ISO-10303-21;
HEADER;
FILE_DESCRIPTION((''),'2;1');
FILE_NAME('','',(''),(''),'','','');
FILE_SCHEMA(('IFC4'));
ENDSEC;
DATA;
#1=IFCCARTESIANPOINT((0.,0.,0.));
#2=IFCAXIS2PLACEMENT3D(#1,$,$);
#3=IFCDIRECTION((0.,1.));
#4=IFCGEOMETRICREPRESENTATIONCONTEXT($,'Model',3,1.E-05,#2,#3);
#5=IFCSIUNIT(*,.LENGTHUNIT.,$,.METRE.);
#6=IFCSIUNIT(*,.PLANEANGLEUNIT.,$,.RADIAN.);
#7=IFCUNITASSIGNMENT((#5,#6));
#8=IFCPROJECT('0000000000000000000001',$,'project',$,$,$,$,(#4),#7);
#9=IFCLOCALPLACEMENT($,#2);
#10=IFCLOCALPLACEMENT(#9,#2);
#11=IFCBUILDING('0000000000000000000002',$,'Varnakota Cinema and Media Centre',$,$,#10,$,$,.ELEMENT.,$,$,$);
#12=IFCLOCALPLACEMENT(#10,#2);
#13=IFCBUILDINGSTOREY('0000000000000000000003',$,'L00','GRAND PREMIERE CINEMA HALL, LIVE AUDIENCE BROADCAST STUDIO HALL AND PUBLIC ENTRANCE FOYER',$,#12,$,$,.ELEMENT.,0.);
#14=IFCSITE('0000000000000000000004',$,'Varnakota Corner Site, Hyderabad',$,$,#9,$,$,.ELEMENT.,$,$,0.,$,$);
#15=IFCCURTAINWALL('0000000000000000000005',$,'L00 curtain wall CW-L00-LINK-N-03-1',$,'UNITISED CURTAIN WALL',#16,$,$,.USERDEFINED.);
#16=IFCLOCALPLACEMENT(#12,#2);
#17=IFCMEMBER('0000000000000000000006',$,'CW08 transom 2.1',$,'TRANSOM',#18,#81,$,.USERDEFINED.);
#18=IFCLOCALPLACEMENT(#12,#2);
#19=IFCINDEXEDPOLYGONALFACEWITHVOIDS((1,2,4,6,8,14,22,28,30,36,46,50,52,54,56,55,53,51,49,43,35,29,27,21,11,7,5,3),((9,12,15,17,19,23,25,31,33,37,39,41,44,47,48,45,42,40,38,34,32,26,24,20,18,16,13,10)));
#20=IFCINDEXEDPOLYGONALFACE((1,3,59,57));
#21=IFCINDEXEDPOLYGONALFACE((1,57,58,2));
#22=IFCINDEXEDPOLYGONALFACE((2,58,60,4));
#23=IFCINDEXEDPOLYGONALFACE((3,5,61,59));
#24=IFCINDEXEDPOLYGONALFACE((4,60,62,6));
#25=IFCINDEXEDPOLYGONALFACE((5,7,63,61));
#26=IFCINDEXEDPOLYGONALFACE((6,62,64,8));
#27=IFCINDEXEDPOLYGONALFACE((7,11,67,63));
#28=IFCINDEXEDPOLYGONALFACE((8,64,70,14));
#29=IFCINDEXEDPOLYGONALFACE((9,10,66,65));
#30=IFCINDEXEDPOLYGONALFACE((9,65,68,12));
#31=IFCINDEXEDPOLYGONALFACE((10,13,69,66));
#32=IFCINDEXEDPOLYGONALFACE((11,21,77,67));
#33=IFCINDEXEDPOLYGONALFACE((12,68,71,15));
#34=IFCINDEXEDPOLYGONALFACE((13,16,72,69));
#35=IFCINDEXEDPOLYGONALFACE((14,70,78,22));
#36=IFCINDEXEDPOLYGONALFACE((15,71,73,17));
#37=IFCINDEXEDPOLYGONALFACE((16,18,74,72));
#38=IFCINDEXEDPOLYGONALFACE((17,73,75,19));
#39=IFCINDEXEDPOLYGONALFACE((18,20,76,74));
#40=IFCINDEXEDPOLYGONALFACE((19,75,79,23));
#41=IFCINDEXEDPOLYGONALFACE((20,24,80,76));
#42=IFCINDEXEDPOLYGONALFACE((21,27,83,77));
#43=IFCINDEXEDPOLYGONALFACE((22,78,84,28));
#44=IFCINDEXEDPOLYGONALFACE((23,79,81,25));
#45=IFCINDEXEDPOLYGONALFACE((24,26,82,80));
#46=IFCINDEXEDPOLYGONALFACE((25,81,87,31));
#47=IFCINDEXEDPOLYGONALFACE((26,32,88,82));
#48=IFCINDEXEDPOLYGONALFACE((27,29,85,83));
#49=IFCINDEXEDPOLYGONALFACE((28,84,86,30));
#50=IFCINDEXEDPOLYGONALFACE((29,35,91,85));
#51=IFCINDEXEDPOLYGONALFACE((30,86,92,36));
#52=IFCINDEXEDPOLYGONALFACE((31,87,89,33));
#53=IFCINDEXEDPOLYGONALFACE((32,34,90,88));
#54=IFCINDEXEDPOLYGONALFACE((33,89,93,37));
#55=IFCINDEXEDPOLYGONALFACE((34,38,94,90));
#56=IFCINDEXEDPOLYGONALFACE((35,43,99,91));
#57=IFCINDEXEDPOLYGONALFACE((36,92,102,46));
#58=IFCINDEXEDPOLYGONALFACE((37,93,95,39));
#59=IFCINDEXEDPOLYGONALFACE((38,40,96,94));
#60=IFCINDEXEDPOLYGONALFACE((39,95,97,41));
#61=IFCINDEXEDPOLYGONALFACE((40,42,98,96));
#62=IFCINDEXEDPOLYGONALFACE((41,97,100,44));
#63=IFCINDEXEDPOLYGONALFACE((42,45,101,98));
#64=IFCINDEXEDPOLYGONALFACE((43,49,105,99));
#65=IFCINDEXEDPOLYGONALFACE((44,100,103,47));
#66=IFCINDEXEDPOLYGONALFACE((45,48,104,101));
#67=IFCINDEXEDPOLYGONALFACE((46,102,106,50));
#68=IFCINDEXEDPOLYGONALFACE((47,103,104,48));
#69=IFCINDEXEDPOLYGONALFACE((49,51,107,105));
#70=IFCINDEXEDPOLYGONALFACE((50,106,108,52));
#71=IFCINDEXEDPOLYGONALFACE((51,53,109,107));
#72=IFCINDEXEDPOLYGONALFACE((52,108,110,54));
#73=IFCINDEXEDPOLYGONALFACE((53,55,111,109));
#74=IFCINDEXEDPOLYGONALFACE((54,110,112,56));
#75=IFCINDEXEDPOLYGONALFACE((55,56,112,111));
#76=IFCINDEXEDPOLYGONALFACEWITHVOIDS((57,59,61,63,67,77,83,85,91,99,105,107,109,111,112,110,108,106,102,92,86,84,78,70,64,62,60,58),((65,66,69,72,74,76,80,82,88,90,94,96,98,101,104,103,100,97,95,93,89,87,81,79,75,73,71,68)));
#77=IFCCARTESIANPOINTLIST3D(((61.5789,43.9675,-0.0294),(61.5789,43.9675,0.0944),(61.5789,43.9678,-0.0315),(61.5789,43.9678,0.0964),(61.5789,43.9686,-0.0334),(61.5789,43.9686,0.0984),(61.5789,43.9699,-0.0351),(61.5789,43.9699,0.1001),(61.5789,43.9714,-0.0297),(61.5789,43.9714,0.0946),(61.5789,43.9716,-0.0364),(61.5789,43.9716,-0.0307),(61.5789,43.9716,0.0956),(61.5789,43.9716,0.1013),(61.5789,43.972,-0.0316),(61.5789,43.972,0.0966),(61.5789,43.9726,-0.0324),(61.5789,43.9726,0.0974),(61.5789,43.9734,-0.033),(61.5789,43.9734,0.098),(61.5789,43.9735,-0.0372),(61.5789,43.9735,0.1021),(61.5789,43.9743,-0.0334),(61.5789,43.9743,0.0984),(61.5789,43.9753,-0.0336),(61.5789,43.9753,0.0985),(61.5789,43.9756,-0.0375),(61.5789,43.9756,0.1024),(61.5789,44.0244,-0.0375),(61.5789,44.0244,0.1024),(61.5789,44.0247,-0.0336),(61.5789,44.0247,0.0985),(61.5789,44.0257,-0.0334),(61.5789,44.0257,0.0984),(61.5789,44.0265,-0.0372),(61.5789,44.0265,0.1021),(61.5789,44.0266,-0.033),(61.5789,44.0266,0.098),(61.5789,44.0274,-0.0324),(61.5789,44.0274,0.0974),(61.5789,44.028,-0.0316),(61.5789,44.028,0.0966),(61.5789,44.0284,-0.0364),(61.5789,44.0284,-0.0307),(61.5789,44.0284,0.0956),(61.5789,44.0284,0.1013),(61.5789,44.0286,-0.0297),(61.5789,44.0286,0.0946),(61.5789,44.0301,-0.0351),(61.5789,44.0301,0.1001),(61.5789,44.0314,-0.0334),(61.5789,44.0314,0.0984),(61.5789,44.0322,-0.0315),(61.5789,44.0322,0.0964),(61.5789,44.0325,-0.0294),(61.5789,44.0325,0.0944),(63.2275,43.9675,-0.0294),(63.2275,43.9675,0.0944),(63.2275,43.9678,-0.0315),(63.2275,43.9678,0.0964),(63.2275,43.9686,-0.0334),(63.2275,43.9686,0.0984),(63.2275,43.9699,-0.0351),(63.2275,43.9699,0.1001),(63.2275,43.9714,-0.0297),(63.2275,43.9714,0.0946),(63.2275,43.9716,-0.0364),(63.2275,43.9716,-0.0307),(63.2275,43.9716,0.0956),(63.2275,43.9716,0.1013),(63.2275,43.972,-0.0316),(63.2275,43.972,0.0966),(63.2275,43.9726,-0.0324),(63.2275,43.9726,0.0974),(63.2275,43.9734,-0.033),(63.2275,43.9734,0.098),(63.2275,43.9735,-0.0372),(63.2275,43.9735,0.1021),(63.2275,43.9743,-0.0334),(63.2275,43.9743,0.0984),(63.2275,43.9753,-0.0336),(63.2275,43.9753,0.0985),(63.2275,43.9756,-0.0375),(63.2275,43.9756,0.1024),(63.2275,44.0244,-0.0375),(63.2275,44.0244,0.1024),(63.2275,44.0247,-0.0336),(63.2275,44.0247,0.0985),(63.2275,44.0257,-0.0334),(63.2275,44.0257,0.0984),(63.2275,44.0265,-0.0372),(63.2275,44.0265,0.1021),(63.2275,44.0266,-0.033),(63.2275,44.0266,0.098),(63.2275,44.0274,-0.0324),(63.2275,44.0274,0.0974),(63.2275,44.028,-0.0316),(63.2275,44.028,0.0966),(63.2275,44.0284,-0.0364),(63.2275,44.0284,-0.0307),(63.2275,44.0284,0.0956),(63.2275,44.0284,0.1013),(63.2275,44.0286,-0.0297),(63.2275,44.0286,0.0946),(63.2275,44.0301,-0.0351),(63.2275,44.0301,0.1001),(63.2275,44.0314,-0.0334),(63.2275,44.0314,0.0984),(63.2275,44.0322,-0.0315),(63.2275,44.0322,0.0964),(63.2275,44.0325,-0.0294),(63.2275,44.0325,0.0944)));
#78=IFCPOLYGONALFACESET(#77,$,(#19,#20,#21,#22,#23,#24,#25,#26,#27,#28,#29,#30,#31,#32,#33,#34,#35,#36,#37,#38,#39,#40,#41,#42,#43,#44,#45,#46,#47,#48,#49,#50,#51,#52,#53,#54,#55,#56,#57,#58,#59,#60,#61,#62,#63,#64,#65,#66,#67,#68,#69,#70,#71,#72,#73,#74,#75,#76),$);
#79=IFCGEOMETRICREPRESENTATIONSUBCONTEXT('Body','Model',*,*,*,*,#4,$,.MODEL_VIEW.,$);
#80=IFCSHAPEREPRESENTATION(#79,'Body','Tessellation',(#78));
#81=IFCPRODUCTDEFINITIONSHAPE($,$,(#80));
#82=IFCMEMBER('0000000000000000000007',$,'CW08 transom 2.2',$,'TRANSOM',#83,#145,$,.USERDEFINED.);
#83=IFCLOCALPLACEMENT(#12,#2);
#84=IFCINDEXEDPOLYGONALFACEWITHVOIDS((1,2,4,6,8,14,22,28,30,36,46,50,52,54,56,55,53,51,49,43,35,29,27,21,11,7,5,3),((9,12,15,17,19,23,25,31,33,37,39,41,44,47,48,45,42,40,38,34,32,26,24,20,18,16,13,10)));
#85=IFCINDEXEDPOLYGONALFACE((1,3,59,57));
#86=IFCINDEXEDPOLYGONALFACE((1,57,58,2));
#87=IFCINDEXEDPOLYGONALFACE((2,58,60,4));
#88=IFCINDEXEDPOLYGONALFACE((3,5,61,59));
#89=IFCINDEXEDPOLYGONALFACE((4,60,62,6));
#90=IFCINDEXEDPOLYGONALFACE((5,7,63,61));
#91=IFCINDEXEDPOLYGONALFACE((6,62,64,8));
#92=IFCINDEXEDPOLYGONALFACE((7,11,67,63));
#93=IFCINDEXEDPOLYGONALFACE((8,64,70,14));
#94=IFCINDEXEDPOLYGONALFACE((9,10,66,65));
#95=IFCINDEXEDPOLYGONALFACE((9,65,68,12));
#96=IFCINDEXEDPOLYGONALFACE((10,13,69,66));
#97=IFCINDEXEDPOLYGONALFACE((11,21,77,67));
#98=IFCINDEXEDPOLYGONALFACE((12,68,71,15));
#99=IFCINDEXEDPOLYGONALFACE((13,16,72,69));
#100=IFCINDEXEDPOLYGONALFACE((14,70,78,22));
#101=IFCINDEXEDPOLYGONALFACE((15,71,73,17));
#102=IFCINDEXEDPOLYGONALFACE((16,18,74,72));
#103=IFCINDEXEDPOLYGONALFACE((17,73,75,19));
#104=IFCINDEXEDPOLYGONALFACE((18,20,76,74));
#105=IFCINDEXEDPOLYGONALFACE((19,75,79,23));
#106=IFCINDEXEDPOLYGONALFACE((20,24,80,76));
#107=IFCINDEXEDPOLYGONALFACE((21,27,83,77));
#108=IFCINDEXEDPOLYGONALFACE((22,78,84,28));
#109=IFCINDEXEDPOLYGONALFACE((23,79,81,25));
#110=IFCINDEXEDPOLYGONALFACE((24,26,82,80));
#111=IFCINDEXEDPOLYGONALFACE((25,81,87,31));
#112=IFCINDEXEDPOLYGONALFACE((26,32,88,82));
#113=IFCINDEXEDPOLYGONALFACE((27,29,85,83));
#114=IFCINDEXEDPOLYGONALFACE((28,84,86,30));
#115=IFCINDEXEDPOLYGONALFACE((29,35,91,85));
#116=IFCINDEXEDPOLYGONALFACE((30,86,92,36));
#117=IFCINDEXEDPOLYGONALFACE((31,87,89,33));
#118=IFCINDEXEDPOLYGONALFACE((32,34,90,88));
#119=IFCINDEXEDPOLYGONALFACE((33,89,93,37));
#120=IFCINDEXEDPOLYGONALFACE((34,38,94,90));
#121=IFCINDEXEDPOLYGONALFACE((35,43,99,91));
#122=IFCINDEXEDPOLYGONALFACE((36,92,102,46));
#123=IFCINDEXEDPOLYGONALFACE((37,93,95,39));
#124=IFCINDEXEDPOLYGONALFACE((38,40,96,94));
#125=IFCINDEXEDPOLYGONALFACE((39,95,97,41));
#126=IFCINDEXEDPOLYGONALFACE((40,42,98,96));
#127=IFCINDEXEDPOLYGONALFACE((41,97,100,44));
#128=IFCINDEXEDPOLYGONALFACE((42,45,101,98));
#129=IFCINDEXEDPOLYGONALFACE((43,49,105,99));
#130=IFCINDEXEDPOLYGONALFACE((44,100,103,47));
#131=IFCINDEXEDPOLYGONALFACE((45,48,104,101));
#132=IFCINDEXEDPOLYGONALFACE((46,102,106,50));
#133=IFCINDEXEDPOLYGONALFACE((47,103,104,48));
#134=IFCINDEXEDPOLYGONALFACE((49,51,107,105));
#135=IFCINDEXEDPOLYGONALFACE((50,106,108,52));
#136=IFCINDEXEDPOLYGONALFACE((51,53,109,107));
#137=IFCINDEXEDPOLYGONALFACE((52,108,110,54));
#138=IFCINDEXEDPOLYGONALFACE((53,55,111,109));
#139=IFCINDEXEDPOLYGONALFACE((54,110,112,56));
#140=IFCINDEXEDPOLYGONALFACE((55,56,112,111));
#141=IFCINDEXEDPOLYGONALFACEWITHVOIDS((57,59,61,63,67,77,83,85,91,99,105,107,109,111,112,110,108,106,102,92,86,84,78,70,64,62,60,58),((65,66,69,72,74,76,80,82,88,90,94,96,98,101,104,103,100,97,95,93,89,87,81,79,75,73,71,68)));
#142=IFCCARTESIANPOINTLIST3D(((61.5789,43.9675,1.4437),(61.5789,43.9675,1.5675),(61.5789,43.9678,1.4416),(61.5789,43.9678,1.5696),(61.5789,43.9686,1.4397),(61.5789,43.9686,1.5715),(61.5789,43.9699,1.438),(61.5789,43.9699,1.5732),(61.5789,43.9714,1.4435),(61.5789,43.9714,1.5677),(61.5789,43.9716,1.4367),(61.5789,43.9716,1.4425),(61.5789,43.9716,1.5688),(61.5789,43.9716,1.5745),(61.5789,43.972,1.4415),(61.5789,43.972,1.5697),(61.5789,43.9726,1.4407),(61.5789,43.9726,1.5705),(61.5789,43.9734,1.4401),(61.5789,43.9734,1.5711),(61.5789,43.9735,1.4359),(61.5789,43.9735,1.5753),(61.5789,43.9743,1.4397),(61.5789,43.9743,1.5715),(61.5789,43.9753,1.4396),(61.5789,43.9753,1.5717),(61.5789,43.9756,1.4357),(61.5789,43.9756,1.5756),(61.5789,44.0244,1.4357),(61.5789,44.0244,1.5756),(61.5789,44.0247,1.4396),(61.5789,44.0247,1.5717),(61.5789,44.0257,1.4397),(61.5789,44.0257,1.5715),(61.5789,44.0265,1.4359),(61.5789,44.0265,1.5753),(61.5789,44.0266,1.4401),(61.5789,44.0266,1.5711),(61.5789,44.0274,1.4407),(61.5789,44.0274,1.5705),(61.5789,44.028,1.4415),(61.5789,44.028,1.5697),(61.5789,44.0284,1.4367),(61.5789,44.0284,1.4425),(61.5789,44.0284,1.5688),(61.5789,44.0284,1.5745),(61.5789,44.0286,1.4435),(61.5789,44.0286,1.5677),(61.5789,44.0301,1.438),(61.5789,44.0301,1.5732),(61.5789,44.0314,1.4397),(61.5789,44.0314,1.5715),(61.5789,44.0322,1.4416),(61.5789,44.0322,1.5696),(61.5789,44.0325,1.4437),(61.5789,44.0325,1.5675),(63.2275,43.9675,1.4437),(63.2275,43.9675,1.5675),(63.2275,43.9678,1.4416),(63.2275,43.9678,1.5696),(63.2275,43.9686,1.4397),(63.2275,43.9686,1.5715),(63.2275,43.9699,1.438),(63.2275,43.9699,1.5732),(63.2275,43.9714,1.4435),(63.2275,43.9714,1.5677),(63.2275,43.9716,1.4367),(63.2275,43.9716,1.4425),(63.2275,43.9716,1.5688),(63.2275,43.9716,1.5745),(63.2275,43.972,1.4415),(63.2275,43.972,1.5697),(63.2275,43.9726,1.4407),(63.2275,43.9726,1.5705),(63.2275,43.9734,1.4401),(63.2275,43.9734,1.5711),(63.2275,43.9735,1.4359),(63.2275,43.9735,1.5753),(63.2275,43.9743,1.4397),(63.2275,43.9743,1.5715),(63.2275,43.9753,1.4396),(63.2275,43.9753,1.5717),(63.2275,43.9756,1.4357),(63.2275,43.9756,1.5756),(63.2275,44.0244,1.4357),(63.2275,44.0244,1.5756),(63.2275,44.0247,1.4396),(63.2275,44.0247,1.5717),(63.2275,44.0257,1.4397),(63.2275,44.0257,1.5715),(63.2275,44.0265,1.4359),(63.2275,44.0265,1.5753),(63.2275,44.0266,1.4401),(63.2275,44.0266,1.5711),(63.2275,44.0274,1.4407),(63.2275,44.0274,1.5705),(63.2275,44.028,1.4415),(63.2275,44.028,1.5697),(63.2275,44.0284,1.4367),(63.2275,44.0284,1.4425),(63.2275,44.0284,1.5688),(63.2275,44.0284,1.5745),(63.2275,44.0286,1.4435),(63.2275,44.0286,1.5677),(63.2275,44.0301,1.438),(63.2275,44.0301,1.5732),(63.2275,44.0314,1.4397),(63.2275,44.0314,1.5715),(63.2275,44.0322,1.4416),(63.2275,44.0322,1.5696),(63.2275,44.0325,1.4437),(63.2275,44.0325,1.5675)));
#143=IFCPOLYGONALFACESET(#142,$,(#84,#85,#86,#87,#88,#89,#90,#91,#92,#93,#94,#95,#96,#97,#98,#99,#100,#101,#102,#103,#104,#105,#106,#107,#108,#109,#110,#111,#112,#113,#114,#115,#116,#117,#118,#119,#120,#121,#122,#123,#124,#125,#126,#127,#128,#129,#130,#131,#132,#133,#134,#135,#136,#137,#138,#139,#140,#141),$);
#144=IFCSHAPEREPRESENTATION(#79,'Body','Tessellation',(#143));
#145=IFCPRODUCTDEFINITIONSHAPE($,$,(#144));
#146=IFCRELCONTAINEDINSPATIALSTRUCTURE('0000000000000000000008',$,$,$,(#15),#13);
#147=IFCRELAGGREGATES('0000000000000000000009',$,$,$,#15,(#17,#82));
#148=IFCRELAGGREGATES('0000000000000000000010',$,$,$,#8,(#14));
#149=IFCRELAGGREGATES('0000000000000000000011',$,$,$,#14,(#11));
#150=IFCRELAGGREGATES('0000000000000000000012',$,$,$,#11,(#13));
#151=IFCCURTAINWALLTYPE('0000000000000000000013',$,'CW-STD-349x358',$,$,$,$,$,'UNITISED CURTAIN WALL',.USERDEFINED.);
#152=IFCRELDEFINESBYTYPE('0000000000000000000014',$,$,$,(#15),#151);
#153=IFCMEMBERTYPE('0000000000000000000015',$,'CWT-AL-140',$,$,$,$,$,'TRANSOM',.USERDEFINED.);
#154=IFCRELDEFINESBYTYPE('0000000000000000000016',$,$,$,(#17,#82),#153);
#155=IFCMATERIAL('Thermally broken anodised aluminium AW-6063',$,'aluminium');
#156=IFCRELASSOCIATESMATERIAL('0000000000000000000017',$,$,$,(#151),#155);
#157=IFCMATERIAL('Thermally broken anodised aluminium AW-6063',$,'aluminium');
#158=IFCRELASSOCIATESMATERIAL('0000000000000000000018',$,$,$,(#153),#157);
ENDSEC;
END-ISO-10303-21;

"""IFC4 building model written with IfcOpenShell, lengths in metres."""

from ifc_helpers import new_model, si_unit, direction, frame, origin, origin_2d, place, context, subcontext, project, spatial, hollow_rectangle, extrude, material, material_profile, profile_set, type_object, element, aggregate, save


model = new_model("IFC4")

# Units and contexts
model_context = context("Model", 3, precision=1e-05, world=origin(), true_north=direction((0.0, 1.0)))
body_context = subcontext(model_context, "Body", "Model", "MODEL_VIEW")
ifc_project = project(units=[si_unit("LENGTHUNIT", "METRE"), si_unit("PLANEANGLEUNIT", "RADIAN")], contexts=[model_context])

# Site, building, storey
site_placement = place(None, origin())
site = spatial("IfcSite", under=ifc_project, at=site_placement, Name="Varnakota Corner Site, Hyderabad", CompositionType="ELEMENT", RefElevation=0.0)
building_placement = place(site_placement, origin())
building = spatial("IfcBuilding", under=site, at=building_placement, Name="Varnakota Cinema and Media Centre", CompositionType="ELEMENT")
storey_placement = place(building_placement, origin())
storey = spatial("IfcBuildingStorey", under=building, at=storey_placement, Name="L00", Description="GRAND PREMIERE CINEMA HALL, LIVE AUDIENCE BROADCAST STUDIO HALL AND PUBLIC ENTRANCE FOYER", CompositionType="ELEMENT", Elevation=0.0)

# Shared definitions
ifc_material_1 = material(Name="Thermally broken anodised aluminium AW-6063", Category="aluminium")
curtain_wall_type = type_object("IfcCurtainWallType", Name="CW-STD-349x358", ElementType="UNITISED CURTAIN WALL", PredefinedType="USERDEFINED", material=ifc_material_1)

# Curtain wall
curtain_wall_1_placement = place(storey_placement, origin())
curtain_wall_1 = element("IfcCurtainWall", 1, at=curtain_wall_1_placement, inside=storey, type_object=curtain_wall_type, Name="L00 curtain wall CW-L00-LINK-N-03-1", ObjectType="UNITISED CURTAIN WALL", PredefinedType="USERDEFINED")

# Members
ifc_material_2 = material(Name="Thermally broken anodised aluminium AW-6063", Category="aluminium")
ifc_material_profile_1 = material_profile(ifc_material_2, hollow_rectangle(XDim=0.0649, YDim=0.1399, WallThickness=0.0039, InnerFilletRadius=0.0039, OuterFilletRadius=0.0081, at=origin_2d()), Name="AL-TRANSOM 140x65x4")
ifc_profile_set_1 = profile_set([ifc_material_profile_1], Name="Thermally broken anodised aluminium AW-6063")
member_type_1 = type_object("IfcMemberType", Name="CWT-AL-140", ElementType="TRANSOM", PredefinedType="USERDEFINED", material=ifc_profile_set_1)
member_1_placement = place(storey_placement, frame((61.5789, 44.0, 0.0325), z_axis=(1.0, 0.0, 0.0), x_axis=(0.0, 1.0, 0.0)))
member_1 = element("IfcMember", 2, at=member_1_placement, type_object=member_type_1, Name="CW08 transom 2.1", ObjectType="TRANSOM", PredefinedType="USERDEFINED", context=body_context, shape_type="SweptSolid", body=[
    extrude(hollow_rectangle(XDim=0.0649, YDim=0.1399, WallThickness=0.0039, InnerFilletRadius=0.0039, OuterFilletRadius=0.0081, at=origin_2d()), origin(), (0.0, 0.0, 1.0), 1.6487),
])
member_2_placement = place(storey_placement, frame((61.5789, 44.0, 1.5056), z_axis=(1.0, 0.0, 0.0), x_axis=(0.0, 1.0, 0.0)))
member_2 = element("IfcMember", 3, at=member_2_placement, type_object=member_type_1, Name="CW08 transom 2.2", ObjectType="TRANSOM", PredefinedType="USERDEFINED", context=body_context, shape_type="SweptSolid", body=[
    extrude(hollow_rectangle(XDim=0.0649, YDim=0.1399, WallThickness=0.0039, InnerFilletRadius=0.0039, OuterFilletRadius=0.0081, at=origin_2d()), origin(), (0.0, 0.0, 1.0), 1.6487),
])

aggregate(curtain_wall_1, [member_1, member_2])

save(model, "model.ifc")
